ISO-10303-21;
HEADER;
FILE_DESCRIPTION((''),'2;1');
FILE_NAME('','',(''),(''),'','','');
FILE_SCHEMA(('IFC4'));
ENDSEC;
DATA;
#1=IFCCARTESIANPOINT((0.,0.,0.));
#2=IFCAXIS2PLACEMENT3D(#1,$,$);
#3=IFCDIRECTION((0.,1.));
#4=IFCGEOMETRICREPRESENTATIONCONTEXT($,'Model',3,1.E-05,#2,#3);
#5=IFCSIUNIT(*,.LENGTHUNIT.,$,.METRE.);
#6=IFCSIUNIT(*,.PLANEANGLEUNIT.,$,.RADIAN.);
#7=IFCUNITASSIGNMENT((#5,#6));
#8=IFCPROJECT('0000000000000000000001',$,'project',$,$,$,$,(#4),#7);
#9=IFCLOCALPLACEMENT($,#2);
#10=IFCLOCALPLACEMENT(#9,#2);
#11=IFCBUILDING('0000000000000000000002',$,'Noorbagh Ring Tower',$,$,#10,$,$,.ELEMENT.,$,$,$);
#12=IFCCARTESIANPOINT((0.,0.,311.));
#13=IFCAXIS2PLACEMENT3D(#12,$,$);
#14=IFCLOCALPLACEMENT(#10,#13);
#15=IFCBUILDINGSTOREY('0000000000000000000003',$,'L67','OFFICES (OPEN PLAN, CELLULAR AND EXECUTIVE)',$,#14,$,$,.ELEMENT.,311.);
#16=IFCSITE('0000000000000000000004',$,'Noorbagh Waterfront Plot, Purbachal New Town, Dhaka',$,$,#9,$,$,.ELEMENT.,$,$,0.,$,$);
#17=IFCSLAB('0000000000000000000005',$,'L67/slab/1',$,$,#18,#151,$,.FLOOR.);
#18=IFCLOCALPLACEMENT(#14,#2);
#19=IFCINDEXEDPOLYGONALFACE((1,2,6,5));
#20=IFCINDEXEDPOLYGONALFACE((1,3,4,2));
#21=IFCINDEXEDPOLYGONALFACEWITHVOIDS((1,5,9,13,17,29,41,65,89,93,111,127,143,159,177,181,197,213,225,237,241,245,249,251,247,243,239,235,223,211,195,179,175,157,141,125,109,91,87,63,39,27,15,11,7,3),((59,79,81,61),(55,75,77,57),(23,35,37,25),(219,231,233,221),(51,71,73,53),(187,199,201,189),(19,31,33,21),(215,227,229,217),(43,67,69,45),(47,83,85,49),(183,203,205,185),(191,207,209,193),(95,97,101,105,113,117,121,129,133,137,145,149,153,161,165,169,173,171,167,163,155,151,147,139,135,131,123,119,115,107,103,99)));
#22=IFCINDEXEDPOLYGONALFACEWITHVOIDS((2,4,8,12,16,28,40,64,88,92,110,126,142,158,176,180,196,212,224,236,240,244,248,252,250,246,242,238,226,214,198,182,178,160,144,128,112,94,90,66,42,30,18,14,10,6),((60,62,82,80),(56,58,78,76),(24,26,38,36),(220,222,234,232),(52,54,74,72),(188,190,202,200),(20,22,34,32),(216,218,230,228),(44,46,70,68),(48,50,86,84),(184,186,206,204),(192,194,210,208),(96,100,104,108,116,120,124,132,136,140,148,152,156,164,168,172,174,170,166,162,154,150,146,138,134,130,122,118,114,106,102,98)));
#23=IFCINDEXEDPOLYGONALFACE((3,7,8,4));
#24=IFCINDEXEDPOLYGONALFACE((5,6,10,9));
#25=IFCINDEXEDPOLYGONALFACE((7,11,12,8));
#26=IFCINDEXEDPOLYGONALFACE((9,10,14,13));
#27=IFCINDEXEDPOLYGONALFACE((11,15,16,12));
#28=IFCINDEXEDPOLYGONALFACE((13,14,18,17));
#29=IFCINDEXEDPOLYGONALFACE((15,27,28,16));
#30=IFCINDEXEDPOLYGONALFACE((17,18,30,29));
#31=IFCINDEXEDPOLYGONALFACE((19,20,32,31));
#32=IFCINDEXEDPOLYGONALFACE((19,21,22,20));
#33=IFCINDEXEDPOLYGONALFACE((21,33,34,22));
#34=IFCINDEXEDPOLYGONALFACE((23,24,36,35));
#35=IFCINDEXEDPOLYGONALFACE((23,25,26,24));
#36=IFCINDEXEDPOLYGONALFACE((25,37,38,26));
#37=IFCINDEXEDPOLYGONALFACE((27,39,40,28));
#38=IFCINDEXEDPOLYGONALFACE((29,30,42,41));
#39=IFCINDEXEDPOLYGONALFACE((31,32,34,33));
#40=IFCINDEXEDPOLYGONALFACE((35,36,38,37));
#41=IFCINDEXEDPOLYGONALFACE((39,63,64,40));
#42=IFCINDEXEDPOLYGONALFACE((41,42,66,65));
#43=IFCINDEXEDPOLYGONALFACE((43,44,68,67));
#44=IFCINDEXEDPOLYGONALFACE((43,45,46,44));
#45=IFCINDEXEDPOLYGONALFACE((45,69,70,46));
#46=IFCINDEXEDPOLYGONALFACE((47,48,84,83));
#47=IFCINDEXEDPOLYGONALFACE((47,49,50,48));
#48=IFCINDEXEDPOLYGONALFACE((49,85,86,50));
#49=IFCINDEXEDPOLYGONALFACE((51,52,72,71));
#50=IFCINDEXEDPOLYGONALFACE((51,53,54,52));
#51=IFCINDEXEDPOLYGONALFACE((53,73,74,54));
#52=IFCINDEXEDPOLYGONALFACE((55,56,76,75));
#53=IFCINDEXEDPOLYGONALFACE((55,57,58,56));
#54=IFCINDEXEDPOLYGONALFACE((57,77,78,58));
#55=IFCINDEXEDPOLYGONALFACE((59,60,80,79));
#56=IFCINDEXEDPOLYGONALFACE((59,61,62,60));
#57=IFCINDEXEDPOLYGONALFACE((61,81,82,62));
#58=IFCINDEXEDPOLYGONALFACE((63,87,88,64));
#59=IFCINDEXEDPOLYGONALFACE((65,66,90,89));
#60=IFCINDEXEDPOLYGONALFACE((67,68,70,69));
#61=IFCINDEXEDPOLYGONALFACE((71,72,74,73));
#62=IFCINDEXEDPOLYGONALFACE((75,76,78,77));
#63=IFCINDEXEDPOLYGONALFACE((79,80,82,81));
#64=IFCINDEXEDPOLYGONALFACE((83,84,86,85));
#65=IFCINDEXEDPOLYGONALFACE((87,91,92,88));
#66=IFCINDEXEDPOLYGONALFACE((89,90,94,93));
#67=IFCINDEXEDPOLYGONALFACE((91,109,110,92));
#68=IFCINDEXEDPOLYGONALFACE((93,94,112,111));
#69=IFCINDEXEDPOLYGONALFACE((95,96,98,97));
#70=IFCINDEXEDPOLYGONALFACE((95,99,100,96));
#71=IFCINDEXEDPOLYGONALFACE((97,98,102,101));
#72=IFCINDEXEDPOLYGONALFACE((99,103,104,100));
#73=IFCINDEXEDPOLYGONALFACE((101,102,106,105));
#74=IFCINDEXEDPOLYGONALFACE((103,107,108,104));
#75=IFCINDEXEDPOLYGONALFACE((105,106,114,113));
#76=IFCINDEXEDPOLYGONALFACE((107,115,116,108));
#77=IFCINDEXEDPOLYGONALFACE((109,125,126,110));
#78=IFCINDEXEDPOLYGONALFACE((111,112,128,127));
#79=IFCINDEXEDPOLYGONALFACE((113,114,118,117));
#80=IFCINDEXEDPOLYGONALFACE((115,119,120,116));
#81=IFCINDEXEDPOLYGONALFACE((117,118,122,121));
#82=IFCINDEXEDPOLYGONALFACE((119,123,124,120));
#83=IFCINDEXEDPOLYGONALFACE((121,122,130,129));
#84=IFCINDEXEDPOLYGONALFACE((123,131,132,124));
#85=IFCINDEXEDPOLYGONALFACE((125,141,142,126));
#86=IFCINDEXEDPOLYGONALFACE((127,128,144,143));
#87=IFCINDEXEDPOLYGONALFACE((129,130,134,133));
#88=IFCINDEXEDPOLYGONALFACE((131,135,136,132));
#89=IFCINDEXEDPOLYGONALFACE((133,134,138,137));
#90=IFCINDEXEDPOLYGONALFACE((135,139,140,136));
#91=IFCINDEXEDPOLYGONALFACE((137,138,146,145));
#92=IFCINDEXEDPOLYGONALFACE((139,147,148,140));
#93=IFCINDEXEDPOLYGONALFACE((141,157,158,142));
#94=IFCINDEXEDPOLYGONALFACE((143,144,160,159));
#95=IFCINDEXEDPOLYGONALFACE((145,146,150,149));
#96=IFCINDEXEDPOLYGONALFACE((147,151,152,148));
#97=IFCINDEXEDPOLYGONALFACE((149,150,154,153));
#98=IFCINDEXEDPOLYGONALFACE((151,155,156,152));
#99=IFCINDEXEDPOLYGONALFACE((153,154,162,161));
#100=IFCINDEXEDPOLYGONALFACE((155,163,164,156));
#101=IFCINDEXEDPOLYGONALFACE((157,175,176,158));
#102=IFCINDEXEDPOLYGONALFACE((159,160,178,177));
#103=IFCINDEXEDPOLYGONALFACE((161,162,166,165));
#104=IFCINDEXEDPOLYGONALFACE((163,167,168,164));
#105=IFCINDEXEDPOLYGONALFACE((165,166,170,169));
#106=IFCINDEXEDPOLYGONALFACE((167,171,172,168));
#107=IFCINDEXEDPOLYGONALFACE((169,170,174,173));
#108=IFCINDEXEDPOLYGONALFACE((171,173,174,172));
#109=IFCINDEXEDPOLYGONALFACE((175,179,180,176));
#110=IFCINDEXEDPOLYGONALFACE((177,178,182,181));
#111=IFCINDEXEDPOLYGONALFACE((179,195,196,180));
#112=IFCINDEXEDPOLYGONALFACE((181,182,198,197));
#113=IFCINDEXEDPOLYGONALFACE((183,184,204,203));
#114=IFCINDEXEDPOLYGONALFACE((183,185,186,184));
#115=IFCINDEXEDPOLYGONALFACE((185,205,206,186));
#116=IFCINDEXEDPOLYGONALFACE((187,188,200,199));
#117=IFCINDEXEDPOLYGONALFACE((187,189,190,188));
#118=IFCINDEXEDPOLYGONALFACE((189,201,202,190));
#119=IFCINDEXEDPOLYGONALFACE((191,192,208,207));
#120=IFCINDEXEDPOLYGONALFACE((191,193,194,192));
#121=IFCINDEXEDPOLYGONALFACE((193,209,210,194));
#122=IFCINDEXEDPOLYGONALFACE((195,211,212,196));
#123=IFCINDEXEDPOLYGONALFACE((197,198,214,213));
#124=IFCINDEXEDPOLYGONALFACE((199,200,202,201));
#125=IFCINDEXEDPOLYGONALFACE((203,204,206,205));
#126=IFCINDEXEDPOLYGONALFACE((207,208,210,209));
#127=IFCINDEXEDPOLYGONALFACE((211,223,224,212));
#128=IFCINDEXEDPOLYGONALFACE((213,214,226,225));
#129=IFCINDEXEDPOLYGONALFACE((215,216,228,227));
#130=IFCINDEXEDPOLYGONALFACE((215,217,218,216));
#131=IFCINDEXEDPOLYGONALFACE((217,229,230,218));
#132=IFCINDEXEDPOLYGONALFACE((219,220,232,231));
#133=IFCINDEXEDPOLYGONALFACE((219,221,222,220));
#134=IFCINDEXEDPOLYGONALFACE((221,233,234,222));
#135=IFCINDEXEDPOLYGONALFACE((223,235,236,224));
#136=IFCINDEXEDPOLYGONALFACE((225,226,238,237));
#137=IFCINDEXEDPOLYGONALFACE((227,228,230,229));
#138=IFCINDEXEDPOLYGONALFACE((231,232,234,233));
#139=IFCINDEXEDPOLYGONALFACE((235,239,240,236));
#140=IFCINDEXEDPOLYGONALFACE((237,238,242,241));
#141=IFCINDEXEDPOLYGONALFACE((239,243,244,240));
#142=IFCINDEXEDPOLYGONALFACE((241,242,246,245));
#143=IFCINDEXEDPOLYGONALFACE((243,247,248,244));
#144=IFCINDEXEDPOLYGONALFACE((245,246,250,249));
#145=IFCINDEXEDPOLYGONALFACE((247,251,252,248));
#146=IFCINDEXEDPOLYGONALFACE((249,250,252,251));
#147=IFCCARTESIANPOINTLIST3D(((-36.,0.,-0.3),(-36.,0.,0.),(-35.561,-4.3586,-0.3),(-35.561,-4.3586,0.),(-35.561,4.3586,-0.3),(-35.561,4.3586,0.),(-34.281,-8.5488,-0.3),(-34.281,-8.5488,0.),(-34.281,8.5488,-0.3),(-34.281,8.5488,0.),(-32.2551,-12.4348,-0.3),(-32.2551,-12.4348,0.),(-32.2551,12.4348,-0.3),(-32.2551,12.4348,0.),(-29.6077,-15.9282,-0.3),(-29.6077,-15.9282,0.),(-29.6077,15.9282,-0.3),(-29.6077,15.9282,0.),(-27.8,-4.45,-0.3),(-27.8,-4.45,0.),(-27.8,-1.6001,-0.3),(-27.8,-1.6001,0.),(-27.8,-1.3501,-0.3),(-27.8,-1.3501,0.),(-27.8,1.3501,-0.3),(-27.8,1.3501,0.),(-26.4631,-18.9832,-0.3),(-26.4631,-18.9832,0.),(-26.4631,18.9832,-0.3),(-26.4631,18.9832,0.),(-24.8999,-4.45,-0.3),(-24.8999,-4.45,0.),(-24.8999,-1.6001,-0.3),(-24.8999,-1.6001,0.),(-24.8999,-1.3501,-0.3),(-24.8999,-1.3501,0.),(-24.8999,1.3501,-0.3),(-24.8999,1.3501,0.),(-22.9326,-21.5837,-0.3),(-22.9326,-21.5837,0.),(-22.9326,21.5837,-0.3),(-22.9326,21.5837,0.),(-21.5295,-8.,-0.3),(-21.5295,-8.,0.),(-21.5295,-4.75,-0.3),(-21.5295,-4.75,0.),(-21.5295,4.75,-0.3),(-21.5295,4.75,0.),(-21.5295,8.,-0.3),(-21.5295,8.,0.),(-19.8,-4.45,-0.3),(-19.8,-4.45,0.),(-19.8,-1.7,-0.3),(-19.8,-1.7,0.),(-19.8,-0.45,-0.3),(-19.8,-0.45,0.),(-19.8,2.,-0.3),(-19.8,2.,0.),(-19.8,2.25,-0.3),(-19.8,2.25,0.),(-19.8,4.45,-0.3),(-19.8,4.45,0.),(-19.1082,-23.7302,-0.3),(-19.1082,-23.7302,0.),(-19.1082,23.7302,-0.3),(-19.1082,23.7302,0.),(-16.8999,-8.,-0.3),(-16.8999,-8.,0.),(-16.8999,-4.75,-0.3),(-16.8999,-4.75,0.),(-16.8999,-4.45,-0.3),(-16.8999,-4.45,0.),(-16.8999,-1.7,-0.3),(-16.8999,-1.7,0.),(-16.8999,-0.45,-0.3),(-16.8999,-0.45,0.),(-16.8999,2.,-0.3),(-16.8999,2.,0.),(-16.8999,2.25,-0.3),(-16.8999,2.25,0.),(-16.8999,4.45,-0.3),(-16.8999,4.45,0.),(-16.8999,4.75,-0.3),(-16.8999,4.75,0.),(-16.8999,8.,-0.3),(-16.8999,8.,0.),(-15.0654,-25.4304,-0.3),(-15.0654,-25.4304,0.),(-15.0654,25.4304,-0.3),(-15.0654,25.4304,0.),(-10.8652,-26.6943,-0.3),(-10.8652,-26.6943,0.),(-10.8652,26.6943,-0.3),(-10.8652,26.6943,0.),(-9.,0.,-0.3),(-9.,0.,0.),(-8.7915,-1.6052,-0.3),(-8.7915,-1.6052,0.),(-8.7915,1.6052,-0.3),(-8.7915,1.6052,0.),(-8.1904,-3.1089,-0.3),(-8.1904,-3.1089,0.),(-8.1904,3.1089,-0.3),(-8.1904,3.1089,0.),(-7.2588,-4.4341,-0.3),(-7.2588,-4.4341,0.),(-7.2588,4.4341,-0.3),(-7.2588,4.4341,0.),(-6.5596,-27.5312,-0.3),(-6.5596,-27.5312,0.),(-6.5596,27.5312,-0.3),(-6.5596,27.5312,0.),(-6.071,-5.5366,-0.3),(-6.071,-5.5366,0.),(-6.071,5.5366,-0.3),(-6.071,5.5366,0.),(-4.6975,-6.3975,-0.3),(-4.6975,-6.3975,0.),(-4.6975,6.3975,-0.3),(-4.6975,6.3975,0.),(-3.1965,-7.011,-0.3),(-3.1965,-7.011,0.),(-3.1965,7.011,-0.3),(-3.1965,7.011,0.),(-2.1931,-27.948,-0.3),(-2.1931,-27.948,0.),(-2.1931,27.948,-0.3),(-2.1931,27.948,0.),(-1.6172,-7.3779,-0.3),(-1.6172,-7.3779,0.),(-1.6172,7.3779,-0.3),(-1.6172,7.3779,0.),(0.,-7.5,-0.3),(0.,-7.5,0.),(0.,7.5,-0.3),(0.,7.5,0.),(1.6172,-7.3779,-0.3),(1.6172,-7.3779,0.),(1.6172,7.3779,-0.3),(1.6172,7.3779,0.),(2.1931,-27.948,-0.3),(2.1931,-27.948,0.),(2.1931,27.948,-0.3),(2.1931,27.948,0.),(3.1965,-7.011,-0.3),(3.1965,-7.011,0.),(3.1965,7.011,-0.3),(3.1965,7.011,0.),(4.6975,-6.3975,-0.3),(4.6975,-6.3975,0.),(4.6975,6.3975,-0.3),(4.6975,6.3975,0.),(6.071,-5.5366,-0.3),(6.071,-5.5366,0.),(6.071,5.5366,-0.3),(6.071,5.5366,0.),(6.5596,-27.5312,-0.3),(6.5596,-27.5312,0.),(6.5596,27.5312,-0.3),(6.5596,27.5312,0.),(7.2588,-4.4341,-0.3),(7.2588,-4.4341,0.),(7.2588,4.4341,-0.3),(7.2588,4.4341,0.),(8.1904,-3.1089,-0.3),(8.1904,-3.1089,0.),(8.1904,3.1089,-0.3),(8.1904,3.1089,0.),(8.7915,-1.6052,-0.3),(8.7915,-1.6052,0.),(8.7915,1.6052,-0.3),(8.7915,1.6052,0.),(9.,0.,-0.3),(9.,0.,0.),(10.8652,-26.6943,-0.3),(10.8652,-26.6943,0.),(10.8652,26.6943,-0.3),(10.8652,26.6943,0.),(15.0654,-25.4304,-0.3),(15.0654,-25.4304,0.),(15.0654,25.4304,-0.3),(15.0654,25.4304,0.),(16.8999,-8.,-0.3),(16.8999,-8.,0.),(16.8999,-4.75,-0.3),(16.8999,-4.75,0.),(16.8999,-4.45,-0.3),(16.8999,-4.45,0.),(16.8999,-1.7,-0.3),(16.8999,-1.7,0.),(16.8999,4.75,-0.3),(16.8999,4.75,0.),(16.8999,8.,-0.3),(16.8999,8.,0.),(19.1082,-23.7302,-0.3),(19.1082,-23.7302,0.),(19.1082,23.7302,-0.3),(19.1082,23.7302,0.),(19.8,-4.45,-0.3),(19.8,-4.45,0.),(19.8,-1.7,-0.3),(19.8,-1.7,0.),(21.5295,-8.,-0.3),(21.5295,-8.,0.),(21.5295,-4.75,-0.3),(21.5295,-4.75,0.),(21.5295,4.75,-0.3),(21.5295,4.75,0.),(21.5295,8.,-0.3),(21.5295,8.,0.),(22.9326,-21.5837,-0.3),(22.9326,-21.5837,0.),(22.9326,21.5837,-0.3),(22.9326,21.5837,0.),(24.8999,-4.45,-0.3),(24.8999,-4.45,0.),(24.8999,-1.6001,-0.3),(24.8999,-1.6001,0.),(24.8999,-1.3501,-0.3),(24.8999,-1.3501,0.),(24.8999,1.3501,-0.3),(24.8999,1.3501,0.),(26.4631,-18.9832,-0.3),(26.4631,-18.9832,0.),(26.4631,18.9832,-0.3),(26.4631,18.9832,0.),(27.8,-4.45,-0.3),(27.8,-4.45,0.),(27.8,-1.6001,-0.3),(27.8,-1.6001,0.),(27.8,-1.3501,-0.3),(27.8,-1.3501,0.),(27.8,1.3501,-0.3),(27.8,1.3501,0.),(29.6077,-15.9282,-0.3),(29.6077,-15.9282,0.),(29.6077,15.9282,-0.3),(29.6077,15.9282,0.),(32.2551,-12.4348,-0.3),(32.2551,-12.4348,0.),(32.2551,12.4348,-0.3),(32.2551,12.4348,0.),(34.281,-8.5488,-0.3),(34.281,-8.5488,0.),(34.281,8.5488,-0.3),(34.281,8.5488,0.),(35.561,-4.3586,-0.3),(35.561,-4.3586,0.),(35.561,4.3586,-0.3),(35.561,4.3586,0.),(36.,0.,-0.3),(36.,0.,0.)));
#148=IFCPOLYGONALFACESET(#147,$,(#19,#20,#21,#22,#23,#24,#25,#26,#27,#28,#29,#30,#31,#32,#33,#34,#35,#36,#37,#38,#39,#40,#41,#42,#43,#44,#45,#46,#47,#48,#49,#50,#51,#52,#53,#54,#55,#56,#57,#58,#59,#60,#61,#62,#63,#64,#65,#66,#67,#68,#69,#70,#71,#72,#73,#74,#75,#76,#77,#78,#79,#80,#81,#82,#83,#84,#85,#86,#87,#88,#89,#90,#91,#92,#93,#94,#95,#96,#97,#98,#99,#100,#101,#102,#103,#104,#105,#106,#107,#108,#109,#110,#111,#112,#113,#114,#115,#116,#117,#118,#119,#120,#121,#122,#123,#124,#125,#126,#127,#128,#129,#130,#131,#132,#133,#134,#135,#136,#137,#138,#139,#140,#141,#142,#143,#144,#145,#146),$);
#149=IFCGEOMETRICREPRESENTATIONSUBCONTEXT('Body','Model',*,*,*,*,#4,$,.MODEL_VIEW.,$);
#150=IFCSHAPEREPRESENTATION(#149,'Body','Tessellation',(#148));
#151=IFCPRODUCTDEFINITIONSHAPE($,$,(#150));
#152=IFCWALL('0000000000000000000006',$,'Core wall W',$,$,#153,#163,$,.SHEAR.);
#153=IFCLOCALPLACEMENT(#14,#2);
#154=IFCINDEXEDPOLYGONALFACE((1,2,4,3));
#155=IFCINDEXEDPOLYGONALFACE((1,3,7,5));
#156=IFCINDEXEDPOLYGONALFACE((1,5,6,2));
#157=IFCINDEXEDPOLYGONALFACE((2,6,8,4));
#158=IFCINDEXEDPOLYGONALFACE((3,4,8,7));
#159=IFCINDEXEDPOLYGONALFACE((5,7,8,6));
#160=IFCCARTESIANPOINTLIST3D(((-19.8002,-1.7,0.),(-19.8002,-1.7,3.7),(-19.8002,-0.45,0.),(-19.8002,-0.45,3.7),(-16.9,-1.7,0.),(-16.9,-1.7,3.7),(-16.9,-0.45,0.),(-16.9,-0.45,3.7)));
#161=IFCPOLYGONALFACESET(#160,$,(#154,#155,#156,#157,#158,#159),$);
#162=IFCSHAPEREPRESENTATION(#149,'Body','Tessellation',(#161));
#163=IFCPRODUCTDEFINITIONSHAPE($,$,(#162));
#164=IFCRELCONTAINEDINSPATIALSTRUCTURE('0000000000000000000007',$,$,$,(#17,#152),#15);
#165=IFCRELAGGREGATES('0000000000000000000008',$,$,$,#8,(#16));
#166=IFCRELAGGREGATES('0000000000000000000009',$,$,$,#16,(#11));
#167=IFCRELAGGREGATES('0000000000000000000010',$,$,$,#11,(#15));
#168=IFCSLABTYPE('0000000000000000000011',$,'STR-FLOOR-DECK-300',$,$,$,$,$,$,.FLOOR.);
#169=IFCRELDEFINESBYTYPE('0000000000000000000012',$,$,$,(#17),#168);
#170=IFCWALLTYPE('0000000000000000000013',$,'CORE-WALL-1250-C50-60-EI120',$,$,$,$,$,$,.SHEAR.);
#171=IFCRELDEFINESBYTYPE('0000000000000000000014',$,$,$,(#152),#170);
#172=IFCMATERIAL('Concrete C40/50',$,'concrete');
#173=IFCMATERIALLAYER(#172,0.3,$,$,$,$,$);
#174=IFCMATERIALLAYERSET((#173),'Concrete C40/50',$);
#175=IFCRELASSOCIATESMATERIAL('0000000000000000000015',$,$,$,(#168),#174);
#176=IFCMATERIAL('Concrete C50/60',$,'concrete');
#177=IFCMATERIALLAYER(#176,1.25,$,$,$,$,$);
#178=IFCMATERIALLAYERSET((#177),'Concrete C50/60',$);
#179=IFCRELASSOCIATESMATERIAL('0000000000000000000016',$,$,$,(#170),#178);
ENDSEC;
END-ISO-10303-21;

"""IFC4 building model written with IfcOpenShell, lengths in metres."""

from ifc_helpers import new_model, si_unit, direction, frame, frame_2d, origin, place, context, subcontext, project, spatial, polyline, rectangle, outline, extrude, material, layer, layer_set, type_object, element, save


model = new_model("IFC4")

# Units and contexts
model_context = context("Model", 3, precision=1e-05, world=origin(), true_north=direction((0.0, 1.0)))
body_context = subcontext(model_context, "Body", "Model", "MODEL_VIEW")
ifc_project = project(units=[si_unit("LENGTHUNIT", "METRE"), si_unit("PLANEANGLEUNIT", "RADIAN")], contexts=[model_context])

# Site, building, storey
site_placement = place(None, origin())
site = spatial("IfcSite", under=ifc_project, at=site_placement, Name="Noorbagh Waterfront Plot, Purbachal New Town, Dhaka", CompositionType="ELEMENT", RefElevation=0.0)
building_placement = place(site_placement, origin())
building = spatial("IfcBuilding", under=site, at=building_placement, Name="Noorbagh Ring Tower", CompositionType="ELEMENT")
storey_placement = place(building_placement, frame((0.0, 0.0, 311.0)))
storey = spatial("IfcBuildingStorey", under=building, at=storey_placement, Name="L67", Description="OFFICES (OPEN PLAN, CELLULAR AND EXECUTIVE)", CompositionType="ELEMENT", Elevation=311.0)

# Slab
ifc_material_1 = material(Name="Concrete C40/50", Category="concrete")
ifc_layer_1 = layer(ifc_material_1, 0.3)
ifc_layer_set_1 = layer_set([ifc_layer_1], Name="Concrete C40/50")
slab_type_1 = type_object("IfcSlabType", Name="STR-FLOOR-DECK-300", PredefinedType="FLOOR", material=ifc_layer_set_1)
slab_1_placement = place(storey_placement, frame((0.0, 0.0, -0.3)))
element("IfcSlab", 1, at=slab_1_placement, inside=storey, type_object=slab_type_1, Name="L67/slab/1", PredefinedType="FLOOR", context=body_context, shape_type="SweptSolid", body=[
    extrude(outline(polyline([(36.0, 0.0), (35.561, 4.3586), (34.281, 8.5488), (32.2551, 12.4348), (29.6077, 15.9282), (26.4631, 18.9832), (22.9326, 21.5837), (19.1082, 23.7302), (15.0654, 25.4304), (10.8652, 26.6943), (6.5596, 27.5312), (2.1931, 27.948), (-2.1931, 27.948), (-6.5596, 27.5312), (-10.8652, 26.6943), (-15.0654, 25.4304), (-19.1082, 23.7302), (-22.9326, 21.5837), (-26.4631, 18.9832), (-29.6077, 15.9282), (-32.2551, 12.4348), (-34.281, 8.5488), (-35.561, 4.3586), (-36.0, 0.0), (-35.561, -4.3586), (-34.281, -8.5488), (-32.2551, -12.4348), (-29.6077, -15.9282), (-26.4631, -18.9832), (-22.9326, -21.5837), (-19.1082, -23.7302), (-15.0654, -25.4304), (-10.8652, -26.6943), (-6.5596, -27.5312), (-2.1931, -27.948), (2.1931, -27.948), (6.5596, -27.5312), (10.8652, -26.6943), (15.0654, -25.4304), (19.1082, -23.7302), (22.9326, -21.5837), (26.4631, -18.9832), (29.6077, -15.9282), (32.2551, -12.4348), (34.281, -8.5488), (35.561, -4.3586), (36.0, 0.0)]), holes=[polyline([(24.8999, -1.6001), (27.8, -1.6001), (27.8, -4.45), (24.8999, -4.45), (24.8999, -1.6001)]), polyline([(24.8999, 1.3501), (27.8, 1.3501), (27.8, -1.3501), (24.8999, -1.3501), (24.8999, 1.3501)]), polyline([(21.5295, -8.0), (16.8999, -8.0), (16.8999, -4.75), (21.5295, -4.75), (21.5295, -8.0)]), polyline([(21.5295, 4.75), (16.8999, 4.75), (16.8999, 8.0), (21.5295, 8.0), (21.5295, 4.75)]), polyline([(16.8999, -1.7), (19.8, -1.7), (19.8, -4.45), (16.8999, -4.45), (16.8999, -1.7)]), polyline([(4.6975, -6.3975), (3.1965, -7.011), (1.6172, -7.3779), (0.0, -7.5), (-1.6172, -7.3779), (-3.1965, -7.011), (-4.6975, -6.3975), (-6.071, -5.5366), (-7.2588, -4.4341), (-8.1904, -3.1089), (-8.7915, -1.6052), (-9.0, 0.0), (-8.7915, 1.6052), (-8.1904, 3.1089), (-7.2588, 4.4341), (-6.071, 5.5366), (-4.6975, 6.3975), (-3.1965, 7.011), (-1.6172, 7.3779), (0.0, 7.5), (1.6172, 7.3779), (3.1965, 7.011), (4.6975, 6.3975), (6.071, 5.5366), (7.2588, 4.4341), (8.1904, 3.1089), (8.7915, 1.6052), (9.0, 0.0), (8.7915, -1.6052), (8.1904, -3.1089), (7.2588, -4.4341), (6.071, -5.5366), (4.6975, -6.3975)]), polyline([(-21.5295, -8.0), (-21.5295, -4.75), (-16.8999, -4.75), (-16.8999, -8.0), (-21.5295, -8.0)]), polyline([(-21.5295, 4.75), (-21.5295, 8.0), (-16.8999, 8.0), (-16.8999, 4.75), (-21.5295, 4.75)]), polyline([(-16.8999, -4.45), (-19.8, -4.45), (-19.8, -1.7), (-16.8999, -1.7), (-16.8999, -4.45)]), polyline([(-16.8999, -0.45), (-19.8, -0.45), (-19.8, 2.0), (-16.8999, 2.0), (-16.8999, -0.45)]), polyline([(-16.8999, 2.25), (-19.8, 2.25), (-19.8, 4.45), (-16.8999, 4.45), (-16.8999, 2.25)]), polyline([(-24.8999, -4.45), (-27.8, -4.45), (-27.8, -1.6001), (-24.8999, -1.6001), (-24.8999, -4.45)]), polyline([(-24.8999, 1.3501), (-24.8999, -1.3501), (-27.8, -1.3501), (-27.8, 1.3501), (-24.8999, 1.3501)])]), origin(), (0.0, 0.0, 1.0), 0.3),
])

# Wall
ifc_material_2 = material(Name="Concrete C50/60", Category="concrete")
ifc_layer_2 = layer(ifc_material_2, 1.25)
ifc_layer_set_2 = layer_set([ifc_layer_2], Name="Concrete C50/60")
wall_type_1 = type_object("IfcWallType", Name="CORE-WALL-1250-C50-60-EI120", PredefinedType="SHEAR", material=ifc_layer_set_2)
wall_1_placement = place(storey_placement, frame((-16.8999, -1.075, 0.0), z_axis=(0.0, 0.0, 1.0), x_axis=(-1.0, 0.0, 0.0)))
element("IfcWall", 2, at=wall_1_placement, inside=storey, type_object=wall_type_1, Name="Core wall W", PredefinedType="SHEAR", context=body_context, shape_type="SweptSolid", body=[
    extrude(rectangle(XDim=2.9001, YDim=1.25, at=frame_2d((1.4502, 0.0))), origin(), (0.0, 0.0, 1.0), 3.7),
])

save(model, "model.ifc")
